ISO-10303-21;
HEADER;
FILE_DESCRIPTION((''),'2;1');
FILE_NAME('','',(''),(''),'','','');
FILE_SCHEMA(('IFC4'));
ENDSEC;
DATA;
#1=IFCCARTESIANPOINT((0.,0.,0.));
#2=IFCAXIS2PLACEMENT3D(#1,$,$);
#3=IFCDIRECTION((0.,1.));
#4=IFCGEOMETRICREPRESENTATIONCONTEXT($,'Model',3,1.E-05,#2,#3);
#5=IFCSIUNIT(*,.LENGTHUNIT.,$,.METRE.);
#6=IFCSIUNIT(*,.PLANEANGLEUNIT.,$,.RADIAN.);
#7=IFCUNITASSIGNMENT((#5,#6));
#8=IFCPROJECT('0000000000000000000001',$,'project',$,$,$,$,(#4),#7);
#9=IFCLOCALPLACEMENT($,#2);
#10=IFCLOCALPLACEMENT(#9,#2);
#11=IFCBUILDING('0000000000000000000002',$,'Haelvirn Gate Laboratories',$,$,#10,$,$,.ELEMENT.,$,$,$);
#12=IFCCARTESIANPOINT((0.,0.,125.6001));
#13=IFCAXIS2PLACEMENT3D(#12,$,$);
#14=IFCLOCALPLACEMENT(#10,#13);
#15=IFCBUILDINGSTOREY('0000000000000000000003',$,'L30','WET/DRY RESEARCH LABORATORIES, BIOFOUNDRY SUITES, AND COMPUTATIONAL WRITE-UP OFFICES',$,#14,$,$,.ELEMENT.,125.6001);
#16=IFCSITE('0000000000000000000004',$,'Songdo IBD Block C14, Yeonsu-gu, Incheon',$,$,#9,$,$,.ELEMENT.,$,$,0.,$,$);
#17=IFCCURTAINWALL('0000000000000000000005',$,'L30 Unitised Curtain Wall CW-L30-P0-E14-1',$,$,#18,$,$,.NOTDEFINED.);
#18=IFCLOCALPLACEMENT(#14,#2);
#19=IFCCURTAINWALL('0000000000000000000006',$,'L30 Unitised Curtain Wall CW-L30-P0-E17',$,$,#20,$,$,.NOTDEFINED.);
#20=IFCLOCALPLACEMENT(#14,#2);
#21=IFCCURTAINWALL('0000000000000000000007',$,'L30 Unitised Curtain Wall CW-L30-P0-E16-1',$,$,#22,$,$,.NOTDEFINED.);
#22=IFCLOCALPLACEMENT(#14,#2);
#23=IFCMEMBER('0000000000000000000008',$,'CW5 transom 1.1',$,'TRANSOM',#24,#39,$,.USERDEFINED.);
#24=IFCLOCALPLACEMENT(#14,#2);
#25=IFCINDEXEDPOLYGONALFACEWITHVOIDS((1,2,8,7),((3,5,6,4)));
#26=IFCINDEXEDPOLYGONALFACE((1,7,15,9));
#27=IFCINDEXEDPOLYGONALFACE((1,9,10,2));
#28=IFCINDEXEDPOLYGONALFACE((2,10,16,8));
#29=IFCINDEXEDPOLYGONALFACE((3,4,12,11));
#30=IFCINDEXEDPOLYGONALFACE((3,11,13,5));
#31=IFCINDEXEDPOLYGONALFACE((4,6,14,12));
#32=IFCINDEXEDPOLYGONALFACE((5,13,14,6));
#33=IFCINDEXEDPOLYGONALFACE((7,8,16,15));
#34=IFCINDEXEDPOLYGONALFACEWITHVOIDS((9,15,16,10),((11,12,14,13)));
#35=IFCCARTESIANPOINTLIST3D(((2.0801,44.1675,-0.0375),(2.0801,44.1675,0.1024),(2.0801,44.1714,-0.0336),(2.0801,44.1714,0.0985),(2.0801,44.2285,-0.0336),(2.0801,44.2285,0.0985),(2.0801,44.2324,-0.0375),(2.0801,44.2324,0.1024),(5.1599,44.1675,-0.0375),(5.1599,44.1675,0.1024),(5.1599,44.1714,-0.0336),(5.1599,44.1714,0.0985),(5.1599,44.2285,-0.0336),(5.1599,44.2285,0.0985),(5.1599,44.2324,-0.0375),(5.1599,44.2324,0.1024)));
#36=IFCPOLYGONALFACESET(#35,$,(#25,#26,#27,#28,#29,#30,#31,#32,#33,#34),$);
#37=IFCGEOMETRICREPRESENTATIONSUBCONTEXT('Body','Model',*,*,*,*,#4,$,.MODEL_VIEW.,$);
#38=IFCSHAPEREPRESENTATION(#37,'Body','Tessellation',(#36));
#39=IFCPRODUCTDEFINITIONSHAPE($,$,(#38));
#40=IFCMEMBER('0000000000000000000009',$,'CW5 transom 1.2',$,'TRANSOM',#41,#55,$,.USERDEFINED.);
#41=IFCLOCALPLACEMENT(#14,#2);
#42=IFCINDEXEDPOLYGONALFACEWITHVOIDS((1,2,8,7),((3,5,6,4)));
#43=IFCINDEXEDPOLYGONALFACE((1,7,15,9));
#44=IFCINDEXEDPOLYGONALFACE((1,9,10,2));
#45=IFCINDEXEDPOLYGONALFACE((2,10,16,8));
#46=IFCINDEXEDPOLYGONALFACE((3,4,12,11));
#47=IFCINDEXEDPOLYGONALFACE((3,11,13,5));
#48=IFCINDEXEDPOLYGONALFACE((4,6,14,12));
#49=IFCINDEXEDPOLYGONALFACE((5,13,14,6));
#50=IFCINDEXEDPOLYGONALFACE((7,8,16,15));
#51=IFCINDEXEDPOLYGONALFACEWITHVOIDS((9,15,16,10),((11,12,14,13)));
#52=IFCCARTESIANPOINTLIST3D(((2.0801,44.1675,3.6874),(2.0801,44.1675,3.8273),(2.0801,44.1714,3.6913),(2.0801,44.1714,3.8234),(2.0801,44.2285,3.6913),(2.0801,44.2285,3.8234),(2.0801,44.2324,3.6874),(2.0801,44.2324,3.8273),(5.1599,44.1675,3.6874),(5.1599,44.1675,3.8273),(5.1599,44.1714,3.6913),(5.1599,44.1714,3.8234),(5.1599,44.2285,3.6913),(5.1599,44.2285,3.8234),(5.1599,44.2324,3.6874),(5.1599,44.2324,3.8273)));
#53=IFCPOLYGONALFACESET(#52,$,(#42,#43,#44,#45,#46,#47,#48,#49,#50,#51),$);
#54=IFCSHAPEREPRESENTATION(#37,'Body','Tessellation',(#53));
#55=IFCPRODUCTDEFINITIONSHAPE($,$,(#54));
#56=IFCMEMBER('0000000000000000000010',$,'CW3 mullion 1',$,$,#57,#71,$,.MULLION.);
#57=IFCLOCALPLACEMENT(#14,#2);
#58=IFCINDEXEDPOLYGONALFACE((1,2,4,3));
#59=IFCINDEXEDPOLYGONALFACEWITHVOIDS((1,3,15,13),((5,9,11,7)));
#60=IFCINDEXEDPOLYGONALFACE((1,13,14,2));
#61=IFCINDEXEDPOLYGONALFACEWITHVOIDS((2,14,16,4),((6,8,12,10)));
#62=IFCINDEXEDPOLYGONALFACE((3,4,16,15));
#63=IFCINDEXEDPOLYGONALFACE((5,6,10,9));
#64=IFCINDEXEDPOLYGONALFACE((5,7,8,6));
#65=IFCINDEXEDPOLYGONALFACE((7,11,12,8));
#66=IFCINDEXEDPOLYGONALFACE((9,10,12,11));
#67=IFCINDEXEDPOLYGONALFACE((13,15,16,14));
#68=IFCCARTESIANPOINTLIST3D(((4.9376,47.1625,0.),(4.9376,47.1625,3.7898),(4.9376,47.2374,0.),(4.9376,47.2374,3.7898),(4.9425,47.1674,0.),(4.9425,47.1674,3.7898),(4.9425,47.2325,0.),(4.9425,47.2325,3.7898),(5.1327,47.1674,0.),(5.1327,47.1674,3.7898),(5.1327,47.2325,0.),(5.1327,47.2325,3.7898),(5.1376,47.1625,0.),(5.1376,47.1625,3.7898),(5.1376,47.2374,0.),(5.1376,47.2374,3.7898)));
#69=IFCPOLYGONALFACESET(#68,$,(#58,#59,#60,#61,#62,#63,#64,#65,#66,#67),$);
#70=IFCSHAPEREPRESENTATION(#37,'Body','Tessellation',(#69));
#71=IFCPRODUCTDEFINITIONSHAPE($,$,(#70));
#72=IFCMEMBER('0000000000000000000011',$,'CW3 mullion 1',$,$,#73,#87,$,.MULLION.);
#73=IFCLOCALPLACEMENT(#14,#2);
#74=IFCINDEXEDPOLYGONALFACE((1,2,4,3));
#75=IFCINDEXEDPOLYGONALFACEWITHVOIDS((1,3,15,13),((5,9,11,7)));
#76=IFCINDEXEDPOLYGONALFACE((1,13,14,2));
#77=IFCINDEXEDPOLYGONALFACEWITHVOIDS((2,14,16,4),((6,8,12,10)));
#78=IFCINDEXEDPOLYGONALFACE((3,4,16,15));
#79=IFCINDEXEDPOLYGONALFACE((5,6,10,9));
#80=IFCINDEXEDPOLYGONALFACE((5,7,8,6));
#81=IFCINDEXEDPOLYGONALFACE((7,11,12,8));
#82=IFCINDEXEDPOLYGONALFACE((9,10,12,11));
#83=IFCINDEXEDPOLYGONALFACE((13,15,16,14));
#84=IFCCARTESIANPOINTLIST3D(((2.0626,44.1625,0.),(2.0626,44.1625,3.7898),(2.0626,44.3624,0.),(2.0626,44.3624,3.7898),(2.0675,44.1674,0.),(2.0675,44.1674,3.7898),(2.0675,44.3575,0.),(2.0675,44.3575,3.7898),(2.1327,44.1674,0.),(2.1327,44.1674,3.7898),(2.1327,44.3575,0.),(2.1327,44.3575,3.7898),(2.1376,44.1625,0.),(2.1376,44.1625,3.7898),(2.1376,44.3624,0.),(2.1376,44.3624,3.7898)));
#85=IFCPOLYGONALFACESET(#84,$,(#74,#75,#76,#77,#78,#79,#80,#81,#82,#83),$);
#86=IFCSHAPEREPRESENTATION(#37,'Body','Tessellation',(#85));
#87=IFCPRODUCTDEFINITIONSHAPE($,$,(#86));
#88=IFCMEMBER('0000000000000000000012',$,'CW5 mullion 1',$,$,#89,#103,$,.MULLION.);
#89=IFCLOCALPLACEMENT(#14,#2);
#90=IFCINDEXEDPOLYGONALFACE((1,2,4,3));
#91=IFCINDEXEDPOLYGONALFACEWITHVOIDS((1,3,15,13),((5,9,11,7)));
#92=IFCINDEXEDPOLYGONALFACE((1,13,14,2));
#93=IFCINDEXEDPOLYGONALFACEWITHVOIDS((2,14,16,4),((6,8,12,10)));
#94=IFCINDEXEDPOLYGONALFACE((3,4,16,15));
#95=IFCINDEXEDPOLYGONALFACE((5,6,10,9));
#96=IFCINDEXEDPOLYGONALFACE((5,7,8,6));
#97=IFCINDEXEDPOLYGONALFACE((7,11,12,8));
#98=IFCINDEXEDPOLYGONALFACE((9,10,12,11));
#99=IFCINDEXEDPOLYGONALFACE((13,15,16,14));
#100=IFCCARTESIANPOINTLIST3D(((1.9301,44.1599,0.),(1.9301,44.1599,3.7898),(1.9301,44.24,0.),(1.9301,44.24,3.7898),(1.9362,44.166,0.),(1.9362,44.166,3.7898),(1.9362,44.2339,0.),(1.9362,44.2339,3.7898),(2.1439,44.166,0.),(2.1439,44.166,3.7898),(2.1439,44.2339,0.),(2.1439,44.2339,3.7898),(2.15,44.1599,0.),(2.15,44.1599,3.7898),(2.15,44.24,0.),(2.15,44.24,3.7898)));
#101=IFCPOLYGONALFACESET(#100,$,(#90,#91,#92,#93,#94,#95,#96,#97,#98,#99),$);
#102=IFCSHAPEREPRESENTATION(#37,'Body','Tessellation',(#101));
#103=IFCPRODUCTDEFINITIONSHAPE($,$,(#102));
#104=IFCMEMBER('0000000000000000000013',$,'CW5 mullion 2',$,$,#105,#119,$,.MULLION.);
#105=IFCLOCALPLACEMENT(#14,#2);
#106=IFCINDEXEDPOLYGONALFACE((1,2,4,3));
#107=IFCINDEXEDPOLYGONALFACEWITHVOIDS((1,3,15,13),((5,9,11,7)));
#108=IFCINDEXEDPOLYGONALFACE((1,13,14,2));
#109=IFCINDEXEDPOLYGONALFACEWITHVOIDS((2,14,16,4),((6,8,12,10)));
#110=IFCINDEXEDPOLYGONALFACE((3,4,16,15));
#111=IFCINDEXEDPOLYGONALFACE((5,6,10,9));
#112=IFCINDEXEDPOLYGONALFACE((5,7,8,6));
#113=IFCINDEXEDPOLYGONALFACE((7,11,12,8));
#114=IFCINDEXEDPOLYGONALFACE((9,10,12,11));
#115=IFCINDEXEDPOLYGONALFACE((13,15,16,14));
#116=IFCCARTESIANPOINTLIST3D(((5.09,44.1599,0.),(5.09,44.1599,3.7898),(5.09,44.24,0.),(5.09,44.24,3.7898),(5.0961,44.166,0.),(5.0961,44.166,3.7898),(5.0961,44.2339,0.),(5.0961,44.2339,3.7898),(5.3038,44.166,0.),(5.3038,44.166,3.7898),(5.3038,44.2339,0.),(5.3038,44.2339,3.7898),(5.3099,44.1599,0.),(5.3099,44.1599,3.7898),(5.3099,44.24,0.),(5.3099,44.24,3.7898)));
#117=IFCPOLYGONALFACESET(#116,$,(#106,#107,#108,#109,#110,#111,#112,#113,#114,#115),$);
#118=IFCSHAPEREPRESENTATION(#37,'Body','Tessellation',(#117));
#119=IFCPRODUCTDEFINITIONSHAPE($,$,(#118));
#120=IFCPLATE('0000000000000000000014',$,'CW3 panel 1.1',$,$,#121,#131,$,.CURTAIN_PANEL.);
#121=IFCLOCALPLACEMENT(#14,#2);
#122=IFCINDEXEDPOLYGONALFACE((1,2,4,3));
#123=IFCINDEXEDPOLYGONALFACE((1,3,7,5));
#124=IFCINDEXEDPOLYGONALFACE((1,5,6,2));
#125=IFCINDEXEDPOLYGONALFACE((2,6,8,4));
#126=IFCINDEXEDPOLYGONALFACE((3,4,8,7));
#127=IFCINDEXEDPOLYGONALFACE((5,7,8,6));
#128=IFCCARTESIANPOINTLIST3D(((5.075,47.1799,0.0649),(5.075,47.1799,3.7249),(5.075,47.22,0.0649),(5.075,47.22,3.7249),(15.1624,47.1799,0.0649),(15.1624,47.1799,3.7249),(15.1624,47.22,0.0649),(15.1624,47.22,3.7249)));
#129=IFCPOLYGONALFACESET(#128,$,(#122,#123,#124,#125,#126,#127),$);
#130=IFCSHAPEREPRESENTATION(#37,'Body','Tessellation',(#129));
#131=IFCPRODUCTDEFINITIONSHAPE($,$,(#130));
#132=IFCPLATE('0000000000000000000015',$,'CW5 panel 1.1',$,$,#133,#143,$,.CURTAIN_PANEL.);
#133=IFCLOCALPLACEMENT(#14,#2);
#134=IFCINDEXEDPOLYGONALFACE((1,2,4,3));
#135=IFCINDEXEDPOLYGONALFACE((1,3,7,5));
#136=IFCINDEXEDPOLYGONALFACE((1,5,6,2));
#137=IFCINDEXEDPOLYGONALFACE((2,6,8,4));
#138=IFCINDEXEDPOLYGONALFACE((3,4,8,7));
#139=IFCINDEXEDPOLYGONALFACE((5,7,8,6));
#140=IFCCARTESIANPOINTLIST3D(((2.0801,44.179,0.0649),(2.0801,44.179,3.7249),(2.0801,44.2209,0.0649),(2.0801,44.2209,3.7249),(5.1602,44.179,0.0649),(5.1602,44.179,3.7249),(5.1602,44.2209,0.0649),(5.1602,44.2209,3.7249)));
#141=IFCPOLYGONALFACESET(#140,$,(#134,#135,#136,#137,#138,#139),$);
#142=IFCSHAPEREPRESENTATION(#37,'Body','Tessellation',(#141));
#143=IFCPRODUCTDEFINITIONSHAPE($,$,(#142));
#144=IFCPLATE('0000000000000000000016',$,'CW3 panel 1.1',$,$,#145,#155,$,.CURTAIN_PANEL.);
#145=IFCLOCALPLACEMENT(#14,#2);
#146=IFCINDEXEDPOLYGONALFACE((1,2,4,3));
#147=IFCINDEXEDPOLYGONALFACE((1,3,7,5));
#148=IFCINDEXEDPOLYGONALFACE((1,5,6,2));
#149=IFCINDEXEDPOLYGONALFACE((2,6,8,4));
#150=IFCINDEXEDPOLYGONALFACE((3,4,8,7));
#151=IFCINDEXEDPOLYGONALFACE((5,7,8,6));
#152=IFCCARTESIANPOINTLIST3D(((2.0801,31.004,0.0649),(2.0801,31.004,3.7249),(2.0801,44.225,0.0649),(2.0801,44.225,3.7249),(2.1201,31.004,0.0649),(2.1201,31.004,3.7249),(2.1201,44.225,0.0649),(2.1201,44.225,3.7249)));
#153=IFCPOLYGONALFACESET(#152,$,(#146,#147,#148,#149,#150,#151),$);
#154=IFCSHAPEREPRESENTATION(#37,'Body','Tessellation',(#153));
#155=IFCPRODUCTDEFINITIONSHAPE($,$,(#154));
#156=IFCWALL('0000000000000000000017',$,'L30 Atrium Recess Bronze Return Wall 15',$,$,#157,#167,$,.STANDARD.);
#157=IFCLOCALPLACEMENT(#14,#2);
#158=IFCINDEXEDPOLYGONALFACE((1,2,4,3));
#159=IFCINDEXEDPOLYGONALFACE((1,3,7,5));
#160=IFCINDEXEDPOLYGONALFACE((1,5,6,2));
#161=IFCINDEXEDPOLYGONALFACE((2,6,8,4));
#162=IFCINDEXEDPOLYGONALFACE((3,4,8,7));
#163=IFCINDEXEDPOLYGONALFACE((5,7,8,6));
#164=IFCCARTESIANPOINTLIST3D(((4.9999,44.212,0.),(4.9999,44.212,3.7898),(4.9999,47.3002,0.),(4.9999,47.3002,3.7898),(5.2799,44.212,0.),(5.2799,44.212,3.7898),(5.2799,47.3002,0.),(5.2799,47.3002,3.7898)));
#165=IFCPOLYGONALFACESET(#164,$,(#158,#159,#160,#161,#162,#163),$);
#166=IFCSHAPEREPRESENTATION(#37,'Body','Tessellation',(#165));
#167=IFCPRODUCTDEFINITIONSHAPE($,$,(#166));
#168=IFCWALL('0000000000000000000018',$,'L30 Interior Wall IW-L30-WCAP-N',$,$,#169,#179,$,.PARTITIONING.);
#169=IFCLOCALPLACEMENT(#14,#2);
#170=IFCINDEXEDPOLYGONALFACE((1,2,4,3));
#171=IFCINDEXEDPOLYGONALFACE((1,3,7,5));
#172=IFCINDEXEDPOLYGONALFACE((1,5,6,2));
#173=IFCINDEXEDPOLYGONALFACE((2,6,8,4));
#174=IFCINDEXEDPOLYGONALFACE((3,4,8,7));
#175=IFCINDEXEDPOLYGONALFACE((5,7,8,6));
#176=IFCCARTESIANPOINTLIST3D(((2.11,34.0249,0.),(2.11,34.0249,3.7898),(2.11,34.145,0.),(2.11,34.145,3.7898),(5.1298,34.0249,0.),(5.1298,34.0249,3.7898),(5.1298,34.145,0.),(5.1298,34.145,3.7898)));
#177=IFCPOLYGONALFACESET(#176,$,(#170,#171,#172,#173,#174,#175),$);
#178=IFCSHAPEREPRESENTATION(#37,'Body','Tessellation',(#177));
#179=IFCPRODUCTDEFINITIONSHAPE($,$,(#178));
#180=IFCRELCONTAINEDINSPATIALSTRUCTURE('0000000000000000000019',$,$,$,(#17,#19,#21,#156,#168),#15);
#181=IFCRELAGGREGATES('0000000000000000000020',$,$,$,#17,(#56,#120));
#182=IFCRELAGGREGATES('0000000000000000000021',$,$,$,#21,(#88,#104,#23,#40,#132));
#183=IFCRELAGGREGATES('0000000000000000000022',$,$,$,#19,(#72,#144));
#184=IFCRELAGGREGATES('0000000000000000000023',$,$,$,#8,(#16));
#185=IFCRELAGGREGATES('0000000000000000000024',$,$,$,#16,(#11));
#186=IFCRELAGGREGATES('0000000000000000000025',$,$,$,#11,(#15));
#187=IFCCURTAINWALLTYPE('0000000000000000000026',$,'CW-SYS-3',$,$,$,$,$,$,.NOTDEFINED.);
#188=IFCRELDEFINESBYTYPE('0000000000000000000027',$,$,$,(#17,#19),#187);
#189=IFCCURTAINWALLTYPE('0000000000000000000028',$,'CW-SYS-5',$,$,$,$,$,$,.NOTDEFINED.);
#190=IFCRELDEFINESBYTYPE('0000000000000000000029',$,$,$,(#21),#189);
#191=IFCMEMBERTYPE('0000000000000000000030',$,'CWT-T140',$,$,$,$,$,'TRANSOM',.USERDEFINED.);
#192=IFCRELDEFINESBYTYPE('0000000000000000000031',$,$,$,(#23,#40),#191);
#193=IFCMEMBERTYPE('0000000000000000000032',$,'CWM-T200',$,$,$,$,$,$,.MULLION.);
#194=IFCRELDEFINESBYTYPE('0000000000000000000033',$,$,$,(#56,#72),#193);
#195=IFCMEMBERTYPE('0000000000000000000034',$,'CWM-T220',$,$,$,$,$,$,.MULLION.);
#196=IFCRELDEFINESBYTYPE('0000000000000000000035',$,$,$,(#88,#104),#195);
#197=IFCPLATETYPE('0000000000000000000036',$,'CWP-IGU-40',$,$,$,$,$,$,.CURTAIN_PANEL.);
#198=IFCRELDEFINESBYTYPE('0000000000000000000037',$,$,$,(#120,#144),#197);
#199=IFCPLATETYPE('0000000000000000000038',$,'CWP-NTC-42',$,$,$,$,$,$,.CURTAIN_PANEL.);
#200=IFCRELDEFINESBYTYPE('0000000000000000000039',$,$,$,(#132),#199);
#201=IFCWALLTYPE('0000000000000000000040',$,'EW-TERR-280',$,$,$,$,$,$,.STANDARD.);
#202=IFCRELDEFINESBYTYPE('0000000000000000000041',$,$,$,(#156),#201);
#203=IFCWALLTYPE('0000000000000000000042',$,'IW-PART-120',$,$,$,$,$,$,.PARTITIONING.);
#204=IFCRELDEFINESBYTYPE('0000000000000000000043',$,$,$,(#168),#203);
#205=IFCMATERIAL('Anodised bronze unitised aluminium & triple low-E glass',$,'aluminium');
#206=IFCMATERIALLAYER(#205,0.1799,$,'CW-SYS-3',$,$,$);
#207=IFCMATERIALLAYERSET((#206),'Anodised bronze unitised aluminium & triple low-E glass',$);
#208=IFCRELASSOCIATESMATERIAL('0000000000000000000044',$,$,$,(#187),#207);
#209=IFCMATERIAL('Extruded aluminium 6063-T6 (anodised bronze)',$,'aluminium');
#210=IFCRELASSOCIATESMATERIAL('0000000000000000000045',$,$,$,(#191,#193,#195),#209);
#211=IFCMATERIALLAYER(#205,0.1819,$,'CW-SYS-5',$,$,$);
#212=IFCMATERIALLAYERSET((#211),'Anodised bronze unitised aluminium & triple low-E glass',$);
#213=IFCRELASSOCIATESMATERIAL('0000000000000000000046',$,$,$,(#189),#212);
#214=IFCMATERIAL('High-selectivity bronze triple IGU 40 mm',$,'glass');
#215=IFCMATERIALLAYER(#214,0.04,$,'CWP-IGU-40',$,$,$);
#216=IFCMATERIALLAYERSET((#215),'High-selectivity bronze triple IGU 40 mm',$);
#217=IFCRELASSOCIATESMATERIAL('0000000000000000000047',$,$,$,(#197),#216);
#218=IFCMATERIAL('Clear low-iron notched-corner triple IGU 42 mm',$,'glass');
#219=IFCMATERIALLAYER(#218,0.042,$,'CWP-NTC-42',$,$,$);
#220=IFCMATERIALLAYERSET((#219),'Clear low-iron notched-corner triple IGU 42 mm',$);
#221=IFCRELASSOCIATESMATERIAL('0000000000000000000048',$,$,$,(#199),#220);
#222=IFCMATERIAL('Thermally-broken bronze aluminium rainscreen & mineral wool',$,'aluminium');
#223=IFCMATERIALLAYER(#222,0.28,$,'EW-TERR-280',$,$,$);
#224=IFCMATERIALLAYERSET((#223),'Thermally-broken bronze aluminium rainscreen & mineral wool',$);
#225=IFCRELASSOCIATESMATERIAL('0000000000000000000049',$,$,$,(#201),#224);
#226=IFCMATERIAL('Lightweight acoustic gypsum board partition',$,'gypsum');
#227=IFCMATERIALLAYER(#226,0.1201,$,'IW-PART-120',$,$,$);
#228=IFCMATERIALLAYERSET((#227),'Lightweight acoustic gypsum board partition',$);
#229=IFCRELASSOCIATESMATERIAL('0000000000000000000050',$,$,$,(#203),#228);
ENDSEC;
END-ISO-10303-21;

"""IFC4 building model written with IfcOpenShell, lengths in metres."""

from ifc_helpers import new_model, si_unit, direction, frame, frame_2d, origin, origin_2d, place, context, subcontext, project, spatial, rectangle, hollow_rectangle, extrude, source, transform, mapped, material, layer, layer_set, material_profile, profile_set, type_object, type_shapes, element, aggregate, save


model = new_model("IFC4")

# Units and contexts
model_context = context("Model", 3, precision=1e-05, world=origin(), true_north=direction((0.0, 1.0)))
body_context = subcontext(model_context, "Body", "Model", "MODEL_VIEW")
ifc_project = project(units=[si_unit("LENGTHUNIT", "METRE"), si_unit("PLANEANGLEUNIT", "RADIAN")], contexts=[model_context])

# Site, building, storey
site_placement = place(None, origin())
site = spatial("IfcSite", under=ifc_project, at=site_placement, Name="Songdo IBD Block C14, Yeonsu-gu, Incheon", CompositionType="ELEMENT", RefElevation=0.0)
building_placement = place(site_placement, origin())
building = spatial("IfcBuilding", under=site, at=building_placement, Name="Haelvirn Gate Laboratories", CompositionType="ELEMENT")
storey_placement = place(building_placement, frame((0.0, 0.0, 125.6001)))
storey = spatial("IfcBuildingStorey", under=building, at=storey_placement, Name="L30", Description="WET/DRY RESEARCH LABORATORIES, BIOFOUNDRY SUITES, AND COMPUTATIONAL WRITE-UP OFFICES", CompositionType="ELEMENT", Elevation=125.6001)

# Curtain walls, members
ifc_material_1 = material(Name="Anodised bronze unitised aluminium & triple low-E glass", Category="aluminium")
ifc_layer_1 = layer(ifc_material_1, 0.1799, Name="CW-SYS-3")
ifc_layer_set_1 = layer_set([ifc_layer_1], Name="Anodised bronze unitised aluminium & triple low-E glass")
curtain_wall_type_1 = type_object("IfcCurtainWallType", Name="CW-SYS-3", PredefinedType="NOTDEFINED", material=ifc_layer_set_1)
curtain_wall_1_placement = place(storey_placement, origin())
curtain_wall_1 = element("IfcCurtainWall", 1, at=curtain_wall_1_placement, inside=storey, type_object=curtain_wall_type_1, Name="L30 Unitised Curtain Wall CW-L30-P0-E14-1", PredefinedType="NOTDEFINED")
ifc_material_2 = material(Name="Extruded aluminium 6063-T6 (anodised bronze)", Category="aluminium")
ifc_material_profile_1 = material_profile(ifc_material_2, hollow_rectangle(XDim=0.0649, YDim=0.1399, WallThickness=0.0039, at=origin_2d()), Name="CWT-140x65x4")
ifc_profile_set_1 = profile_set([ifc_material_profile_1], Name="Extruded aluminium 6063-T6 (anodised bronze)")
member_type_1 = type_object("IfcMemberType", Name="CWT-T140", ElementType="TRANSOM", PredefinedType="USERDEFINED", material=ifc_profile_set_1)
curtain_wall_2_placement = place(storey_placement, origin())
curtain_wall_2 = element("IfcCurtainWall", 2, at=curtain_wall_2_placement, inside=storey, type_object=curtain_wall_type_1, Name="L30 Unitised Curtain Wall CW-L30-P0-E17", PredefinedType="NOTDEFINED")
ifc_layer_2 = layer(ifc_material_1, 0.1819, Name="CW-SYS-5")
ifc_layer_set_2 = layer_set([ifc_layer_2], Name="Anodised bronze unitised aluminium & triple low-E glass")
curtain_wall_type_2 = type_object("IfcCurtainWallType", Name="CW-SYS-5", PredefinedType="NOTDEFINED", material=ifc_layer_set_2)
curtain_wall_3_placement = place(storey_placement, origin())
curtain_wall_3 = element("IfcCurtainWall", 3, at=curtain_wall_3_placement, inside=storey, type_object=curtain_wall_type_2, Name="L30 Unitised Curtain Wall CW-L30-P0-E16-1", PredefinedType="NOTDEFINED")
shared_shape_1 = source(origin(), body_context, "Body", "SweptSolid", [
    extrude(hollow_rectangle(XDim=0.0649, YDim=0.1399, WallThickness=0.0039, at=origin_2d()), origin(), (0.0, 0.0, 1.0), 3.0798),
])
member_1_placement = place(storey_placement, frame((2.0801, 44.2, 0.0325), z_axis=(1.0, 0.0, 0.0), x_axis=(0.0, 1.0, 0.0)))
member_1 = element("IfcMember", 4, at=member_1_placement, type_object=member_type_1, Name="CW5 transom 1.1", ObjectType="TRANSOM", PredefinedType="USERDEFINED", context=body_context, shape_type="MappedRepresentation", body=[
    mapped(shared_shape_1, transform((0.0, 0.0, 0.0), scale=1.0)),
])
member_2_placement = place(storey_placement, frame((2.0801, 44.2, 3.7573), z_axis=(1.0, 0.0, 0.0), x_axis=(0.0, 1.0, 0.0)))
member_2 = element("IfcMember", 5, at=member_2_placement, type_object=member_type_1, Name="CW5 transom 1.2", ObjectType="TRANSOM", PredefinedType="USERDEFINED", context=body_context, shape_type="MappedRepresentation", body=[
    mapped(shared_shape_1, transform((0.0, 0.0, 0.0), scale=1.0)),
])

# Members
ifc_material_profile_2 = material_profile(ifc_material_2, hollow_rectangle(XDim=0.075, YDim=0.2, WallThickness=0.0049, at=origin_2d()), Name="CWM-200x75x5")
ifc_profile_set_2 = profile_set([ifc_material_profile_2], Name="Extruded aluminium 6063-T6 (anodised bronze)")
member_type_2 = type_object("IfcMemberType", Name="CWM-T200", PredefinedType="MULLION", material=ifc_profile_set_2)
shared_shape_2 = source(origin(), body_context, "Body", "SweptSolid", [
    extrude(hollow_rectangle(XDim=0.075, YDim=0.2, WallThickness=0.0049, at=origin_2d()), origin(), (0.0, 0.0, 1.0), 3.7898),
])
type_shapes(member_type_2, [shared_shape_2])
member_3_placement = place(storey_placement, frame((5.0376, 47.2, 0.0), z_axis=(0.0, 0.0, 1.0), x_axis=(0.0, 1.0, 0.0)))
member_3 = element("IfcMember", 6, at=member_3_placement, type_object=member_type_2, Name="CW3 mullion 1", PredefinedType="MULLION", context=body_context, shape_type="MappedRepresentation", body=[
    mapped(shared_shape_2, transform((0.0, 0.0, 0.0), scale=1.0)),
])
member_4_placement = place(storey_placement, frame((2.1001, 44.2625, 0.0), z_axis=(0.0, 0.0, 1.0), x_axis=(1.0, 0.0, 0.0)))
member_4 = element("IfcMember", 7, at=member_4_placement, type_object=member_type_2, Name="CW3 mullion 1", PredefinedType="MULLION", context=body_context, shape_type="MappedRepresentation", body=[
    mapped(shared_shape_2, transform((0.0, 0.0, 0.0), scale=1.0)),
])
ifc_material_profile_3 = material_profile(ifc_material_2, hollow_rectangle(XDim=0.0801, YDim=0.22, WallThickness=0.0061, at=origin_2d()), Name="CWM-220x80x6")
ifc_profile_set_3 = profile_set([ifc_material_profile_3], Name="Extruded aluminium 6063-T6 (anodised bronze)")
member_type_3 = type_object("IfcMemberType", Name="CWM-T220", PredefinedType="MULLION", material=ifc_profile_set_3)
shared_shape_3 = source(origin(), body_context, "Body", "SweptSolid", [
    extrude(hollow_rectangle(XDim=0.0801, YDim=0.22, WallThickness=0.0061, at=origin_2d()), origin(), (0.0, 0.0, 1.0), 3.7898),
])
type_shapes(member_type_3, [shared_shape_3])
member_5_placement = place(storey_placement, frame((2.04, 44.2, 0.0), z_axis=(0.0, 0.0, 1.0), x_axis=(0.0, 1.0, 0.0)))
member_5 = element("IfcMember", 8, at=member_5_placement, type_object=member_type_3, Name="CW5 mullion 1", PredefinedType="MULLION", context=body_context, shape_type="MappedRepresentation", body=[
    mapped(shared_shape_3, transform((0.0, 0.0, 0.0), scale=1.0)),
])
member_6_placement = place(storey_placement, frame((5.2, 44.2, 0.0), z_axis=(0.0, 0.0, 1.0), x_axis=(0.0, 1.0, 0.0)))
member_6 = element("IfcMember", 9, at=member_6_placement, type_object=member_type_3, Name="CW5 mullion 2", PredefinedType="MULLION", context=body_context, shape_type="MappedRepresentation", body=[
    mapped(shared_shape_3, transform((0.0, 0.0, 0.0), scale=1.0)),
])

# Plates
ifc_material_3 = material(Name="High-selectivity bronze triple IGU 40 mm", Category="glass")
ifc_layer_3 = layer(ifc_material_3, 0.04, Name="CWP-IGU-40")
ifc_layer_set_3 = layer_set([ifc_layer_3], Name="High-selectivity bronze triple IGU 40 mm")
plate_type_1 = type_object("IfcPlateType", Name="CWP-IGU-40", PredefinedType="CURTAIN_PANEL", material=ifc_layer_set_3)
shared_shape_4 = source(origin(), body_context, "Body", "SweptSolid", [
    extrude(rectangle(XDim=10.0874, YDim=0.04, at=origin_2d()), origin(), (0.0, 0.0, 1.0), 3.6599),
])
plate_1_placement = place(storey_placement, frame((10.1187, 47.2, 0.0649), z_axis=(0.0, 0.0, 1.0), x_axis=(1.0, 0.0, 0.0)))
plate_1 = element("IfcPlate", 10, at=plate_1_placement, type_object=plate_type_1, Name="CW3 panel 1.1", PredefinedType="CURTAIN_PANEL", context=body_context, shape_type="MappedRepresentation", body=[
    mapped(shared_shape_4, transform((0.0, 0.0, 0.0), scale=1.0)),
])
aggregate(curtain_wall_1, [member_3, plate_1])
ifc_material_4 = material(Name="Clear low-iron notched-corner triple IGU 42 mm", Category="glass")
ifc_layer_4 = layer(ifc_material_4, 0.042, Name="CWP-NTC-42")
ifc_layer_set_4 = layer_set([ifc_layer_4], Name="Clear low-iron notched-corner triple IGU 42 mm")
plate_type_2 = type_object("IfcPlateType", Name="CWP-NTC-42", PredefinedType="CURTAIN_PANEL", material=ifc_layer_set_4)
shared_shape_5 = source(origin(), body_context, "Body", "SweptSolid", [
    extrude(rectangle(XDim=3.0801, YDim=0.042, at=origin_2d()), origin(), (0.0, 0.0, 1.0), 3.6599),
])
type_shapes(plate_type_2, [shared_shape_5])
plate_2_placement = place(storey_placement, frame((3.6201, 44.2, 0.0649), z_axis=(0.0, 0.0, 1.0), x_axis=(1.0, 0.0, 0.0)))
plate_2 = element("IfcPlate", 11, at=plate_2_placement, type_object=plate_type_2, Name="CW5 panel 1.1", PredefinedType="CURTAIN_PANEL", context=body_context, shape_type="MappedRepresentation", body=[
    mapped(shared_shape_5, transform((0.0, 0.0, 0.0), scale=1.0)),
])
aggregate(curtain_wall_3, [member_5, member_6, member_1, member_2, plate_2])
shared_shape_6 = source(origin(), body_context, "Body", "SweptSolid", [
    extrude(rectangle(XDim=13.2209, YDim=0.04, at=origin_2d()), origin(), (0.0, 0.0, 1.0), 3.6599),
])
type_shapes(plate_type_1, [shared_shape_4, shared_shape_6])
plate_3_placement = place(storey_placement, frame((2.1001, 37.6145, 0.0649), z_axis=(0.0, 0.0, 1.0), x_axis=(0.0, -1.0, 0.0)))
plate_3 = element("IfcPlate", 12, at=plate_3_placement, type_object=plate_type_1, Name="CW3 panel 1.1", PredefinedType="CURTAIN_PANEL", context=body_context, shape_type="MappedRepresentation", body=[
    mapped(shared_shape_6, transform((0.0, 0.0, 0.0), scale=1.0)),
])
aggregate(curtain_wall_2, [member_4, plate_3])

# Walls
ifc_material_5 = material(Name="Thermally-broken bronze aluminium rainscreen & mineral wool", Category="aluminium")
ifc_layer_5 = layer(ifc_material_5, 0.28, Name="EW-TERR-280")
ifc_layer_set_5 = layer_set([ifc_layer_5], Name="Thermally-broken bronze aluminium rainscreen & mineral wool")
wall_type_1 = type_object("IfcWallType", Name="EW-TERR-280", PredefinedType="STANDARD", material=ifc_layer_set_5)
wall_1_placement = place(storey_placement, frame((5.1399, 47.3, 0.0), z_axis=(0.0, 0.0, 1.0), x_axis=(0.0, -1.0, 0.0)))
element("IfcWall", 13, at=wall_1_placement, inside=storey, type_object=wall_type_1, Name="L30 Atrium Recess Bronze Return Wall 15", PredefinedType="STANDARD", context=body_context, shape_type="SweptSolid", body=[
    extrude(rectangle(XDim=3.0881, YDim=0.28, at=frame_2d((1.5439, 0.0))), origin(), (0.0, 0.0, 1.0), 3.7898),
])
ifc_material_6 = material(Name="Lightweight acoustic gypsum board partition", Category="gypsum")
ifc_layer_6 = layer(ifc_material_6, 0.1201, Name="IW-PART-120")
ifc_layer_set_6 = layer_set([ifc_layer_6], Name="Lightweight acoustic gypsum board partition")
wall_type_2 = type_object("IfcWallType", Name="IW-PART-120", PredefinedType="PARTITIONING", material=ifc_layer_set_6)
wall_2_placement = place(storey_placement, frame((2.1101, 34.085, 0.0), z_axis=(0.0, 0.0, 1.0), x_axis=(1.0, 0.0, 0.0)))
element("IfcWall", 14, at=wall_2_placement, inside=storey, type_object=wall_type_2, Name="L30 Interior Wall IW-L30-WCAP-N", PredefinedType="PARTITIONING", context=body_context, shape_type="SweptSolid", body=[
    extrude(rectangle(XDim=3.0198, YDim=0.1201, at=frame_2d((1.5098, 0.0))), origin(), (0.0, 0.0, 1.0), 3.7898),
])

save(model, "model.ifc")
